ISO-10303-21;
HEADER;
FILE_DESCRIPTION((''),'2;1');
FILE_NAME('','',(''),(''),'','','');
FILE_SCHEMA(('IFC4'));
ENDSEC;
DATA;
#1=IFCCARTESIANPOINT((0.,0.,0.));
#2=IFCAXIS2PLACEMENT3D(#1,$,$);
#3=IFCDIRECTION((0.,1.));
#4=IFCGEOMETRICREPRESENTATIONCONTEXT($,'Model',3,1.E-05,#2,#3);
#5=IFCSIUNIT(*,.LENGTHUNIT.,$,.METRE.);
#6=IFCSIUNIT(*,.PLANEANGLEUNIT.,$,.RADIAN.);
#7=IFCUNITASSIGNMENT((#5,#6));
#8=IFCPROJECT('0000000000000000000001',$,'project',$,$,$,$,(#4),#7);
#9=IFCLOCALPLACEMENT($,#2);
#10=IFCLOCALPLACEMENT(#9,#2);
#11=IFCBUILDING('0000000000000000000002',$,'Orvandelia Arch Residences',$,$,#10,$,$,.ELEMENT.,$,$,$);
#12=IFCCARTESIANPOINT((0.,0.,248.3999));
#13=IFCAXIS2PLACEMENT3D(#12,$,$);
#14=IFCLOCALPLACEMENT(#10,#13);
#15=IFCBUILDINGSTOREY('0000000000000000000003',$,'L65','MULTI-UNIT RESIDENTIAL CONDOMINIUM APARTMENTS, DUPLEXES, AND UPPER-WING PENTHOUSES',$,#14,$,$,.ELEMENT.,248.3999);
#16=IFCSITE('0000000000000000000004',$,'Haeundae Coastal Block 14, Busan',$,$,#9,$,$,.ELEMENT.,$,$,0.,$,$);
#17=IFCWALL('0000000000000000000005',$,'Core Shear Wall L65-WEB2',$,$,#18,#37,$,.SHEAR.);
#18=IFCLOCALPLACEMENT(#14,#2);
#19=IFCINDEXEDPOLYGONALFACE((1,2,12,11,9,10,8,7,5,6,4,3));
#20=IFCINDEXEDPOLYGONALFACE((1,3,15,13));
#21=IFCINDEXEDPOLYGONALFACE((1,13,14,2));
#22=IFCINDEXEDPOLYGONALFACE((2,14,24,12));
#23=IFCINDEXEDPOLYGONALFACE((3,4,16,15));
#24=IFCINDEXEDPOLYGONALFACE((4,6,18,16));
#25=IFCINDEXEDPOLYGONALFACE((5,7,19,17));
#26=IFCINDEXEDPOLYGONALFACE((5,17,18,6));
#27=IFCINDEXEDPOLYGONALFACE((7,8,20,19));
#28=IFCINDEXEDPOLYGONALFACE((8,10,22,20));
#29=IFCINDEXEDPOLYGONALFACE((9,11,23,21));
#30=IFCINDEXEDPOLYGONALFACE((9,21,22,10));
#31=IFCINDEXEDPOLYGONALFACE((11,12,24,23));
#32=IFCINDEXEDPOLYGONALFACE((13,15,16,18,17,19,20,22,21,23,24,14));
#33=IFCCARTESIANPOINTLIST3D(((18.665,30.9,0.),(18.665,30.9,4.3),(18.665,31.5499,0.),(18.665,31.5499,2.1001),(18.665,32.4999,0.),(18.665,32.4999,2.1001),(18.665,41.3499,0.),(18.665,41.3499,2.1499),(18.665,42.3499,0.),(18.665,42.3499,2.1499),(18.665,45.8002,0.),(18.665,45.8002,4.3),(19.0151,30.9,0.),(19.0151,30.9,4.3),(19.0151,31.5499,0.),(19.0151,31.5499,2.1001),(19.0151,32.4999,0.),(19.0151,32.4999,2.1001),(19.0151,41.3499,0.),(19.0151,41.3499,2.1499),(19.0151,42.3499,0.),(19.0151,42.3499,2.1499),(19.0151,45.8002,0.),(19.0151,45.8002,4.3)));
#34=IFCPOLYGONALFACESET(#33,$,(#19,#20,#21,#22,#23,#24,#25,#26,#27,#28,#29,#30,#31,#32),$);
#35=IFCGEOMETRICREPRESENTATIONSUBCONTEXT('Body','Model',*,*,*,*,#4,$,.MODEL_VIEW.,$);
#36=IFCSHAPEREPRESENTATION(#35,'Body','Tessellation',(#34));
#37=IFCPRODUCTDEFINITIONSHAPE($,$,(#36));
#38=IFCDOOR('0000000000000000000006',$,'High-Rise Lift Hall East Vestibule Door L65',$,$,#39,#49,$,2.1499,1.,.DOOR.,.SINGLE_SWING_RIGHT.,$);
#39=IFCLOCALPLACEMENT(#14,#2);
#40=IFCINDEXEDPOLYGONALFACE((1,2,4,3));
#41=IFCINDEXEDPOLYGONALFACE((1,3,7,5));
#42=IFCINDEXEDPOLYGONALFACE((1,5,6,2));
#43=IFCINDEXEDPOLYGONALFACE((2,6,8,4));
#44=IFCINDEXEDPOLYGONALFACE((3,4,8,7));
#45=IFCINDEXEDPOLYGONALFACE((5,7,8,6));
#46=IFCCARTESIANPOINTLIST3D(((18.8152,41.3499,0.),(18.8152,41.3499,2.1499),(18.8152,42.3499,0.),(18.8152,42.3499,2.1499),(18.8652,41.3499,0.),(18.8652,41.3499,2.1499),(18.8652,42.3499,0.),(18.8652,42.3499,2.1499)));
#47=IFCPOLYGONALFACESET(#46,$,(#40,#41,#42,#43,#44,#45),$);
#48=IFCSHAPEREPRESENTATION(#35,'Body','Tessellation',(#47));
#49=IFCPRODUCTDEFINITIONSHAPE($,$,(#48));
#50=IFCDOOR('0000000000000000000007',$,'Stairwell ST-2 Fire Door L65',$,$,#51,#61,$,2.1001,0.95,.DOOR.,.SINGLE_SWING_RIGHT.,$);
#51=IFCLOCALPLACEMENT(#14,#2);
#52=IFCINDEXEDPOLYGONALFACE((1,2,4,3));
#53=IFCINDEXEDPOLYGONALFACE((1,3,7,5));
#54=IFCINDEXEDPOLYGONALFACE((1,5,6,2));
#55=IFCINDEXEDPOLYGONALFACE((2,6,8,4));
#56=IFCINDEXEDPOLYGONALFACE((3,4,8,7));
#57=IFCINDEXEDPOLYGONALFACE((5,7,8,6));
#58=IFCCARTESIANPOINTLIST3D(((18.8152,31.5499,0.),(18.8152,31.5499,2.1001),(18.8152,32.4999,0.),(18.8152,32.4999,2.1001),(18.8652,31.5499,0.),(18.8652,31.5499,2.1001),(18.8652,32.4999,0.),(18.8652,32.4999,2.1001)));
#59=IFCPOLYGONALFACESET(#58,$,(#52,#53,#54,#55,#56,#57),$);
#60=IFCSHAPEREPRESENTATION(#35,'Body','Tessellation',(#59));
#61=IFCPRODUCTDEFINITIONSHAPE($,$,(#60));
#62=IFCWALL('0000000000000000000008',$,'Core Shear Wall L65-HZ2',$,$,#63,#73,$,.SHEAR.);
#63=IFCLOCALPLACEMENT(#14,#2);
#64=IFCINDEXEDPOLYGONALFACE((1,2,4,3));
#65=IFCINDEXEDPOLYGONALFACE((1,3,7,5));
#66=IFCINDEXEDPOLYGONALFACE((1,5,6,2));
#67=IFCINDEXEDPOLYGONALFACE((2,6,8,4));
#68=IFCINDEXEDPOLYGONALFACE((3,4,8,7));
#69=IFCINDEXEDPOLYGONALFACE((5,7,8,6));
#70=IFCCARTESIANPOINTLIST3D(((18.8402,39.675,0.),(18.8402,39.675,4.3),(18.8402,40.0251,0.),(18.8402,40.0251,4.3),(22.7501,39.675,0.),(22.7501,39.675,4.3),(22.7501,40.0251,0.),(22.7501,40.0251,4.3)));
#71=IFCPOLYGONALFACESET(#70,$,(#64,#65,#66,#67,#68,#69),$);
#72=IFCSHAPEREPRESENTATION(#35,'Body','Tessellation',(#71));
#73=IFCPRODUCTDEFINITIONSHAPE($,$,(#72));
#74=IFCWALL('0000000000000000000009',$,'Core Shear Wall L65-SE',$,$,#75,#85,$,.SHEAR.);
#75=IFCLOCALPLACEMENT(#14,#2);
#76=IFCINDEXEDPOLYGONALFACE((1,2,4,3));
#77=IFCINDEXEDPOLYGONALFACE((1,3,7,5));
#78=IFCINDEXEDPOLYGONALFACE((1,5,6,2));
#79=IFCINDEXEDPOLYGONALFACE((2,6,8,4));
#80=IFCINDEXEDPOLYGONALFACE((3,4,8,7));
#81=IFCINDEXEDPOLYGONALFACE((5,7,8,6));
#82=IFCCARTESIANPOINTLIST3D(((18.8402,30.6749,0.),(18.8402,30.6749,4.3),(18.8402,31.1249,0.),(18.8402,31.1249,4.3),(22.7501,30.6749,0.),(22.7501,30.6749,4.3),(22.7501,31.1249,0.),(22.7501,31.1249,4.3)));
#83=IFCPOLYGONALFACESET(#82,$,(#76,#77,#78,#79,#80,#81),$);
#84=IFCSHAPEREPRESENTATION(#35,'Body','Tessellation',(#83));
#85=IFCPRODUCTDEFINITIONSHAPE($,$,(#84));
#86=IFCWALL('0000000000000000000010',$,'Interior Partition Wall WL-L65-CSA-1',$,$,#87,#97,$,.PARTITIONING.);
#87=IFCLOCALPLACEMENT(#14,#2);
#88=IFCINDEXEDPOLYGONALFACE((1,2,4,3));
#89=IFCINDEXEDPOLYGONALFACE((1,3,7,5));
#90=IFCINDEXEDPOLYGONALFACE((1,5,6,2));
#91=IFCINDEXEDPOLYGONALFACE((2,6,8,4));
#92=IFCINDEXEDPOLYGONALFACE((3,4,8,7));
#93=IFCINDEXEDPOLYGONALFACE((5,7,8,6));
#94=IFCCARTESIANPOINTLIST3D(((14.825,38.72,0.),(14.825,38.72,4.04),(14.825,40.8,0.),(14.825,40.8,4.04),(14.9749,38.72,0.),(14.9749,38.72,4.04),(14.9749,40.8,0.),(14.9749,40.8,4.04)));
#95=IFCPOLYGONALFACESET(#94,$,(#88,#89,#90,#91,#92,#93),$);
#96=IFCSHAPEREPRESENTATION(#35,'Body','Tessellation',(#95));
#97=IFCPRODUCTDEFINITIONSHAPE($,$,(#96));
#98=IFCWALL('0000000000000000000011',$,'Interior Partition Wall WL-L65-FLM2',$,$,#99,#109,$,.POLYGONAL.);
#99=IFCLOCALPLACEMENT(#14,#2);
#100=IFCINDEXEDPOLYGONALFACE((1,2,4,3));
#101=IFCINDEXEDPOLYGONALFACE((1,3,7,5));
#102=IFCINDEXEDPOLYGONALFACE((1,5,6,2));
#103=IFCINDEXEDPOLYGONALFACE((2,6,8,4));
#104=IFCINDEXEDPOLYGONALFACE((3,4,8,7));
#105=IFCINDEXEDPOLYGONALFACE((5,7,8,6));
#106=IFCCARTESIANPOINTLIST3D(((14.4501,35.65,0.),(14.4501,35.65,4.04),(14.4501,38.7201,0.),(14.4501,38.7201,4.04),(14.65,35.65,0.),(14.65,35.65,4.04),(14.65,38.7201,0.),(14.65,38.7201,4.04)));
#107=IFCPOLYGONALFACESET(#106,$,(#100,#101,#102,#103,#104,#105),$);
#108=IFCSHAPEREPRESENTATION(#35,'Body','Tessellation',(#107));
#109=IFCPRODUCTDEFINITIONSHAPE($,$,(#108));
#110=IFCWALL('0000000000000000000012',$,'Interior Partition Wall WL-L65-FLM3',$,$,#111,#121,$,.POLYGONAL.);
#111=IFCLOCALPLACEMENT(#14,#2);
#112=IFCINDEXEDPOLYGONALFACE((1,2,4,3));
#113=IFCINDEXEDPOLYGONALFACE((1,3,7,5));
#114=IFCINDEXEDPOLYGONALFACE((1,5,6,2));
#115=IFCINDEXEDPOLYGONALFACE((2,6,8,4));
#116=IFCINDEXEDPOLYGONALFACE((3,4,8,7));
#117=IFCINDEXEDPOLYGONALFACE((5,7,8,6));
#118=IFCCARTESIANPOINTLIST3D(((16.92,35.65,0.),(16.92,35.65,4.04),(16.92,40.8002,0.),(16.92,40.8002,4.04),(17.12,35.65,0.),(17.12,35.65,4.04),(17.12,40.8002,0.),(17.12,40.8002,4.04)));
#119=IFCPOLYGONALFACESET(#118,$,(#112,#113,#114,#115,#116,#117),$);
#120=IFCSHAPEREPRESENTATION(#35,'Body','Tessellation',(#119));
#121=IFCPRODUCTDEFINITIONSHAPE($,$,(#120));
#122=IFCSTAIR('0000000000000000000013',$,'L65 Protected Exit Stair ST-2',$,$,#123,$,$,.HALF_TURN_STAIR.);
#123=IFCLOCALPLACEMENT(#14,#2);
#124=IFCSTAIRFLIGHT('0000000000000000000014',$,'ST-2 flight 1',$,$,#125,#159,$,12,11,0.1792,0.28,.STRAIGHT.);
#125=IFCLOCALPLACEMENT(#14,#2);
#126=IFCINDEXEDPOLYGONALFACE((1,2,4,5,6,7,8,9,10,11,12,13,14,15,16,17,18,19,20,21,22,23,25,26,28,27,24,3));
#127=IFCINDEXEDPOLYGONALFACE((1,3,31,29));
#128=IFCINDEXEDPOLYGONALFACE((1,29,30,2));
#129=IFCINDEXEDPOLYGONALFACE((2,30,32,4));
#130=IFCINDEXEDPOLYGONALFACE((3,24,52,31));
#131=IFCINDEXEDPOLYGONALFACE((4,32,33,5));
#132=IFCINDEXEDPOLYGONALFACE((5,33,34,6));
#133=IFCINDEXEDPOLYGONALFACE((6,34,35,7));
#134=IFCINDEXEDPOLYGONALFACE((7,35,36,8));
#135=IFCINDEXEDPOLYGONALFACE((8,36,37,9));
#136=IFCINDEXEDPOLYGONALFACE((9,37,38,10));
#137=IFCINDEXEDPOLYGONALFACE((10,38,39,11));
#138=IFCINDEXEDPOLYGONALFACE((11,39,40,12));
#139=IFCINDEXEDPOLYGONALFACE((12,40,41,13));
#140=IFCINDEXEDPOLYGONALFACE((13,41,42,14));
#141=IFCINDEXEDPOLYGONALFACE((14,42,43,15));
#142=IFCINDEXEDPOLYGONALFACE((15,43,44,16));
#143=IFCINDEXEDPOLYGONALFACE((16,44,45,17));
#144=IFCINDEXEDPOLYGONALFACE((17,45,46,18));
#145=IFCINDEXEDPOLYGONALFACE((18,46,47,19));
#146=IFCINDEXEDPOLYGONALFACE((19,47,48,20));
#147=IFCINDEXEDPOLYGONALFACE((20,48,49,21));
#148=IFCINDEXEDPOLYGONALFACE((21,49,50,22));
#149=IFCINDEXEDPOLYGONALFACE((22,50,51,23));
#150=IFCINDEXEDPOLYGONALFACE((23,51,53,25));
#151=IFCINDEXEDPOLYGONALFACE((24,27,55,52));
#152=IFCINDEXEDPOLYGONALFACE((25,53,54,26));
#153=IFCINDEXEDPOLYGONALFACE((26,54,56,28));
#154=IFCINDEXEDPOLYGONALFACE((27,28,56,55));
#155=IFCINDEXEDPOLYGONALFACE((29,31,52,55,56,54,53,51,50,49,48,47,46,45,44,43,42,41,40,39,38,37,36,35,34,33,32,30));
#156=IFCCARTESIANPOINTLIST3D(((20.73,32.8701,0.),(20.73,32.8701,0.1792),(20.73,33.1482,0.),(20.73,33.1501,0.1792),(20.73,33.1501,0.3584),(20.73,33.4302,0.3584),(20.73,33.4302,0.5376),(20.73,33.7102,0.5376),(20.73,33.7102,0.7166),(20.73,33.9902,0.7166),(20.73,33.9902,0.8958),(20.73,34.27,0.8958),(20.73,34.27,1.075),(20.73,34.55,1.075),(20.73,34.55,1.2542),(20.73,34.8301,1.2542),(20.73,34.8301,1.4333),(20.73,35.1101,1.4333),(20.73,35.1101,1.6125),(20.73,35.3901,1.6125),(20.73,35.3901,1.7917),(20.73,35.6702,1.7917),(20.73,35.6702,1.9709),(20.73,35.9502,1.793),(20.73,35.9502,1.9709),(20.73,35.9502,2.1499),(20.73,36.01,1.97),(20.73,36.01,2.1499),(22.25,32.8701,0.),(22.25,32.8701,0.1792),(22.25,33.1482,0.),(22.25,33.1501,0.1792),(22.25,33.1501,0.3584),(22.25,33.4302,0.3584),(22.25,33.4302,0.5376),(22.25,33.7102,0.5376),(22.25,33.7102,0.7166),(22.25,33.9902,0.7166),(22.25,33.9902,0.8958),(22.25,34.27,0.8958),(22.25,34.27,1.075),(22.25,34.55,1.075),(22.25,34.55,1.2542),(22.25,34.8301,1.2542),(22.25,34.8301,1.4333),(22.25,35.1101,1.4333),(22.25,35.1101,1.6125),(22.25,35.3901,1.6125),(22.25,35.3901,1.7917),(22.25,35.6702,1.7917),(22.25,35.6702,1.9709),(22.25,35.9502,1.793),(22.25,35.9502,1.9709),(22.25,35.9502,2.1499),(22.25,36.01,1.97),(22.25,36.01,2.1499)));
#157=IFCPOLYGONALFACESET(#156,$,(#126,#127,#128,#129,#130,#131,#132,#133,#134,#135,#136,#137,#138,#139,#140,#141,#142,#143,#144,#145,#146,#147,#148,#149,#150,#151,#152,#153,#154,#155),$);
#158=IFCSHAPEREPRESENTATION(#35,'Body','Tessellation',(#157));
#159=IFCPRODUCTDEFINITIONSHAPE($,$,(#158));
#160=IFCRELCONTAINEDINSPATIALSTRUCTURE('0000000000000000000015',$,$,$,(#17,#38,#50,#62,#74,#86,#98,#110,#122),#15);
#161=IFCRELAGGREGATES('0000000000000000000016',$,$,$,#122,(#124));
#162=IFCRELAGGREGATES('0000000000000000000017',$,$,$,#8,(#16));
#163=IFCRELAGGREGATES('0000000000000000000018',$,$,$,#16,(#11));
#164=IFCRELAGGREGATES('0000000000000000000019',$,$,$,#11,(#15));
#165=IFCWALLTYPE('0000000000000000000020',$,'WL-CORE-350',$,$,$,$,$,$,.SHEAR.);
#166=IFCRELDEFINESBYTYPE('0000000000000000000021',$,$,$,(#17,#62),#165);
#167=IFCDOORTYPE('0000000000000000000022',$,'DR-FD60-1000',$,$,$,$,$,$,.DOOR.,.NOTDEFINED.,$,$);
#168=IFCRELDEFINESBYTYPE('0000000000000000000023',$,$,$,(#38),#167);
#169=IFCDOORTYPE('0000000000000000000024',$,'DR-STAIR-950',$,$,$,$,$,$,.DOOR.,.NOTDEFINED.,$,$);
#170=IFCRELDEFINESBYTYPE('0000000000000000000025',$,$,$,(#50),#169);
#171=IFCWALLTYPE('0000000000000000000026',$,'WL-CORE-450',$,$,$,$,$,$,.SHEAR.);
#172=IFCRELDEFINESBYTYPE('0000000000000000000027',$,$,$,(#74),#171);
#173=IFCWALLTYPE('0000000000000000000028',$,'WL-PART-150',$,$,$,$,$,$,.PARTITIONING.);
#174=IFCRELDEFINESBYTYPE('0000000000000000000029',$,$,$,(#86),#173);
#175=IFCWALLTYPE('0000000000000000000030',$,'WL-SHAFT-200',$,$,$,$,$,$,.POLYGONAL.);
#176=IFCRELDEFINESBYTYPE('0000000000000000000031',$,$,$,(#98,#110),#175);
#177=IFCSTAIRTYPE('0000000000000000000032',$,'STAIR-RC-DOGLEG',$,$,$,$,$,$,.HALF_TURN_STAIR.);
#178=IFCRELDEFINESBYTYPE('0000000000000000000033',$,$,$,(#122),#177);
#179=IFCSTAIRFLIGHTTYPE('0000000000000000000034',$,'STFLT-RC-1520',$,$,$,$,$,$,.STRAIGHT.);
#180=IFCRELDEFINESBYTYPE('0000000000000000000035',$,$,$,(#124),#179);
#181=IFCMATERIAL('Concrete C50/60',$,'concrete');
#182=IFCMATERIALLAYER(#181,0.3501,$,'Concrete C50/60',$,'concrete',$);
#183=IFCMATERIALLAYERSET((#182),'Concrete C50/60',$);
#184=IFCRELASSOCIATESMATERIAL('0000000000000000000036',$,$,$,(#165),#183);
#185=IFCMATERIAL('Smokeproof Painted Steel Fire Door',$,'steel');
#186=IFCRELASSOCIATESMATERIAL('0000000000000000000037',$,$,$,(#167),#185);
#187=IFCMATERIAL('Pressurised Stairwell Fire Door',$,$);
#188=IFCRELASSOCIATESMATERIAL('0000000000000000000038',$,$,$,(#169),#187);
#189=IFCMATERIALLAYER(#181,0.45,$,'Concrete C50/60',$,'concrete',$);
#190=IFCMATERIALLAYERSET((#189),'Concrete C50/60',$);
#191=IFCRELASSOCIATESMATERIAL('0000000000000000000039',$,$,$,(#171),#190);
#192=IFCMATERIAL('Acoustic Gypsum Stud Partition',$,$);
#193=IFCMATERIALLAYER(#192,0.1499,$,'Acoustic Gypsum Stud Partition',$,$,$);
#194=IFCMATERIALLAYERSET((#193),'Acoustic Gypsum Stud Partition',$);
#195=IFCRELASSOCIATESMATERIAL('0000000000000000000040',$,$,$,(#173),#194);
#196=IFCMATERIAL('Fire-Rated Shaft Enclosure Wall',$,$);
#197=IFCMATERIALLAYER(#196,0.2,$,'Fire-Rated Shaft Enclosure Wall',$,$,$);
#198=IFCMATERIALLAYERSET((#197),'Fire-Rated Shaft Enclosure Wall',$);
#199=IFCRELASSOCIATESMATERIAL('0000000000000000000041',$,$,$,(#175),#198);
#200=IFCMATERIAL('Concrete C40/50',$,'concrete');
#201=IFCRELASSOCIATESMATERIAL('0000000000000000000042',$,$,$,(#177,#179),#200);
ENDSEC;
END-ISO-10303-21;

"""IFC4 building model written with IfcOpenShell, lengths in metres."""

from ifc_helpers import new_model, si_unit, direction, frame, frame_2d, origin, place, context, subcontext, project, spatial, polyline, rectangle, outline, extrude, material, layer, layer_set, type_object, element, fill, aggregate, save


model = new_model("IFC4")

# Units and contexts
model_context = context("Model", 3, precision=1e-05, world=origin(), true_north=direction((0.0, 1.0)))
body_context = subcontext(model_context, "Body", "Model", "MODEL_VIEW")
ifc_project = project(units=[si_unit("LENGTHUNIT", "METRE"), si_unit("PLANEANGLEUNIT", "RADIAN")], contexts=[model_context])

# Site, building, storey
site_placement = place(None, origin())
site = spatial("IfcSite", under=ifc_project, at=site_placement, Name="Haeundae Coastal Block 14, Busan", CompositionType="ELEMENT", RefElevation=0.0)
building_placement = place(site_placement, origin())
building = spatial("IfcBuilding", under=site, at=building_placement, Name="Orvandelia Arch Residences", CompositionType="ELEMENT")
storey_placement = place(building_placement, frame((0.0, 0.0, 248.3999)))
storey = spatial("IfcBuildingStorey", under=building, at=storey_placement, Name="L65", Description="MULTI-UNIT RESIDENTIAL CONDOMINIUM APARTMENTS, DUPLEXES, AND UPPER-WING PENTHOUSES", CompositionType="ELEMENT", Elevation=248.3999)

# Shared definitions
ifc_material_1 = material(Name="Concrete C50/60", Category="concrete")

# Wall, openings, doors
ifc_layer_1 = layer(ifc_material_1, 0.3501, Name="Concrete C50/60", Category="concrete")
ifc_layer_set_1 = layer_set([ifc_layer_1], Name="Concrete C50/60")
wall_type_1 = type_object("IfcWallType", Name="WL-CORE-350", PredefinedType="SHEAR", material=ifc_layer_set_1)
wall_1_placement = place(storey_placement, frame((18.8401, 30.8999, 0.0), z_axis=(0.0, 0.0, 1.0), x_axis=(0.0, 1.0, 0.0)))
wall_1 = element("IfcWall", 1, at=wall_1_placement, inside=storey, type_object=wall_type_1, Name="Core Shear Wall L65-WEB2", PredefinedType="SHEAR", context=body_context, shape_type="SweptSolid", body=[
    extrude(rectangle(XDim=14.9001, YDim=0.3501, at=frame_2d((7.4502, 0.0))), origin(), (0.0, 0.0, 1.0), 4.3),
])
opening_1_placement = place(wall_1_placement, frame((0.6499, 0.0, 0.0)))
opening_1 = element("IfcOpeningElement", 2, at=opening_1_placement, cuts=wall_1, PredefinedType="OPENING", context=body_context, shape_type="SweptSolid", body=[
    extrude(rectangle(XDim=0.95, YDim=2.1001, at=frame_2d((0.4751, 1.05))), frame((0.0, 0.1851, 0.0), z_axis=(0.0, -1.0, 0.0), x_axis=(1.0, 0.0, 0.0)), (0.0, 0.0, 1.0), 0.3701),
])
opening_2_placement = place(wall_1_placement, frame((10.45, 0.0, 0.0)))
opening_2 = element("IfcOpeningElement", 3, at=opening_2_placement, cuts=wall_1, PredefinedType="OPENING", context=body_context, shape_type="SweptSolid", body=[
    extrude(rectangle(XDim=1.0, YDim=2.1499, at=frame_2d((0.5, 1.075))), frame((0.0, 0.1851, 0.0), z_axis=(0.0, -1.0, 0.0), x_axis=(1.0, 0.0, 0.0)), (0.0, 0.0, 1.0), 0.3701),
])
ifc_material_2 = material(Name="Smokeproof Painted Steel Fire Door", Category="steel")
door_type_1 = type_object("IfcDoorType", Name="DR-FD60-1000", OperationType="NOTDEFINED", PredefinedType="DOOR", material=ifc_material_2)
door_1_placement = place(opening_2_placement, origin())
door_1 = element("IfcDoor", 4, at=door_1_placement, inside=storey, type_object=door_type_1, Name="High-Rise Lift Hall East Vestibule Door L65", OperationType="SINGLE_SWING_RIGHT", OverallHeight=2.1499, OverallWidth=1.0, PredefinedType="DOOR", context=body_context, shape_type="SweptSolid", body=[
    extrude(rectangle(XDim=1.0, YDim=2.1499, at=frame_2d((0.5, 1.075))), frame((0.0, 0.0249, 0.0), z_axis=(0.0, -1.0, 0.0), x_axis=(1.0, 0.0, 0.0)), (0.0, 0.0, 1.0), 0.05),
])
fill(opening_2, door_1)
ifc_material_3 = material(Name="Pressurised Stairwell Fire Door")
door_type_2 = type_object("IfcDoorType", Name="DR-STAIR-950", OperationType="NOTDEFINED", PredefinedType="DOOR", material=ifc_material_3)
door_2_placement = place(opening_1_placement, origin())
door_2 = element("IfcDoor", 5, at=door_2_placement, inside=storey, type_object=door_type_2, Name="Stairwell ST-2 Fire Door L65", OperationType="SINGLE_SWING_RIGHT", OverallHeight=2.1001, OverallWidth=0.95, PredefinedType="DOOR", context=body_context, shape_type="SweptSolid", body=[
    extrude(rectangle(XDim=0.95, YDim=2.1001, at=frame_2d((0.4751, 1.05))), frame((0.0, 0.0249, 0.0), z_axis=(0.0, -1.0, 0.0), x_axis=(1.0, 0.0, 0.0)), (0.0, 0.0, 1.0), 0.05),
])
fill(opening_1, door_2)

# Walls
wall_2_placement = place(storey_placement, frame((18.8401, 39.8501, 0.0), z_axis=(0.0, 0.0, 1.0), x_axis=(1.0, 0.0, 0.0)))
element("IfcWall", 6, at=wall_2_placement, inside=storey, type_object=wall_type_1, Name="Core Shear Wall L65-HZ2", PredefinedType="SHEAR", context=body_context, shape_type="SweptSolid", body=[
    extrude(rectangle(XDim=3.9099, YDim=0.3501, at=frame_2d((1.9551, 0.0))), origin(), (0.0, 0.0, 1.0), 4.3),
])
ifc_layer_2 = layer(ifc_material_1, 0.45, Name="Concrete C50/60", Category="concrete")
ifc_layer_set_2 = layer_set([ifc_layer_2], Name="Concrete C50/60")
wall_type_2 = type_object("IfcWallType", Name="WL-CORE-450", PredefinedType="SHEAR", material=ifc_layer_set_2)
wall_3_placement = place(storey_placement, frame((18.8401, 30.8999, 0.0), z_axis=(0.0, 0.0, 1.0), x_axis=(1.0, 0.0, 0.0)))
element("IfcWall", 7, at=wall_3_placement, inside=storey, type_object=wall_type_2, Name="Core Shear Wall L65-SE", PredefinedType="SHEAR", context=body_context, shape_type="SweptSolid", body=[
    extrude(rectangle(XDim=3.9099, YDim=0.45, at=frame_2d((1.9551, 0.0))), origin(), (0.0, 0.0, 1.0), 4.3),
])
ifc_material_4 = material(Name="Acoustic Gypsum Stud Partition")
ifc_layer_3 = layer(ifc_material_4, 0.1499, Name="Acoustic Gypsum Stud Partition")
ifc_layer_set_3 = layer_set([ifc_layer_3], Name="Acoustic Gypsum Stud Partition")
wall_type_3 = type_object("IfcWallType", Name="WL-PART-150", PredefinedType="PARTITIONING", material=ifc_layer_set_3)
wall_4_placement = place(storey_placement, frame((14.8999, 38.72, 0.0), z_axis=(0.0, 0.0, 1.0), x_axis=(0.0, 1.0, 0.0)))
element("IfcWall", 8, at=wall_4_placement, inside=storey, type_object=wall_type_3, Name="Interior Partition Wall WL-L65-CSA-1", PredefinedType="PARTITIONING", context=body_context, shape_type="SweptSolid", body=[
    extrude(rectangle(XDim=2.0801, YDim=0.1499, at=frame_2d((1.04, 0.0))), origin(), (0.0, 0.0, 1.0), 4.04),
])
ifc_material_5 = material(Name="Fire-Rated Shaft Enclosure Wall")
ifc_layer_4 = layer(ifc_material_5, 0.2, Name="Fire-Rated Shaft Enclosure Wall")
ifc_layer_set_4 = layer_set([ifc_layer_4], Name="Fire-Rated Shaft Enclosure Wall")
wall_type_4 = type_object("IfcWallType", Name="WL-SHAFT-200", PredefinedType="POLYGONAL", material=ifc_layer_set_4)
wall_5_placement = place(storey_placement, frame((14.55, 35.6499, 0.0), z_axis=(0.0, 0.0, 1.0), x_axis=(0.0, 1.0, 0.0)))
element("IfcWall", 9, at=wall_5_placement, inside=storey, type_object=wall_type_4, Name="Interior Partition Wall WL-L65-FLM2", PredefinedType="POLYGONAL", context=body_context, shape_type="SweptSolid", body=[
    extrude(rectangle(XDim=3.0701, YDim=0.2, at=frame_2d((1.5352, 0.0))), origin(), (0.0, 0.0, 1.0), 4.04),
])
wall_6_placement = place(storey_placement, frame((17.02, 35.6499, 0.0), z_axis=(0.0, 0.0, 1.0), x_axis=(0.0, 1.0, 0.0)))
element("IfcWall", 10, at=wall_6_placement, inside=storey, type_object=wall_type_4, Name="Interior Partition Wall WL-L65-FLM3", PredefinedType="POLYGONAL", context=body_context, shape_type="SweptSolid", body=[
    extrude(rectangle(XDim=5.1501, YDim=0.2, at=frame_2d((2.5752, 0.0))), origin(), (0.0, 0.0, 1.0), 4.04),
])

# Stair, stair flight
ifc_material_6 = material(Name="Concrete C40/50", Category="concrete")
stair_type = type_object("IfcStairType", Name="STAIR-RC-DOGLEG", PredefinedType="HALF_TURN_STAIR", material=ifc_material_6)
stair_placement = place(storey_placement, origin())
stair = element("IfcStair", 11, at=stair_placement, inside=storey, type_object=stair_type, Name="L65 Protected Exit Stair ST-2", PredefinedType="HALF_TURN_STAIR")
stair_flight_type = type_object("IfcStairFlightType", Name="STFLT-RC-1520", PredefinedType="STRAIGHT", material=ifc_material_6)
stair_flight_1_placement = place(storey_placement, frame((21.49, 32.8701, 0.0), z_axis=(0.0, 0.0, 1.0), x_axis=(0.0, 1.0, 0.0)))
stair_flight_1 = element("IfcStairFlight", 12, at=stair_flight_1_placement, type_object=stair_flight_type, Name="ST-2 flight 1", NumberOfRisers=12, NumberOfTreads=11, PredefinedType="STRAIGHT", RiserHeight=0.1792, TreadLength=0.28, context=body_context, shape_type="SweptSolid", body=[
    extrude(outline(polyline([(0.0, 0.0), (0.0, 0.1792), (0.28, 0.1792), (0.28, 0.3584), (0.5601, 0.3584), (0.5601, 0.5376), (0.8401, 0.5376), (0.8401, 0.7166), (1.1201, 0.7166), (1.1201, 0.8958), (1.3999, 0.8958), (1.3999, 1.075), (1.6799, 1.075), (1.6799, 1.2542), (1.96, 1.2542), (1.96, 1.4333), (2.24, 1.4333), (2.24, 1.6125), (2.52, 1.6125), (2.52, 1.7917), (2.8, 1.7917), (2.8, 1.9709), (3.0801, 1.9709), (3.0801, 2.1499), (3.1399, 2.1499), (3.1399, 1.97), (3.0801, 1.793), (0.2781, 0.0), (0.0, 0.0)])), frame((0.0, 0.76, 0.0), z_axis=(0.0, -1.0, 0.0), x_axis=(1.0, 0.0, 0.0)), (0.0, 0.0, 1.0), 1.52),
])
aggregate(stair, [stair_flight_1])

save(model, "model.ifc")
